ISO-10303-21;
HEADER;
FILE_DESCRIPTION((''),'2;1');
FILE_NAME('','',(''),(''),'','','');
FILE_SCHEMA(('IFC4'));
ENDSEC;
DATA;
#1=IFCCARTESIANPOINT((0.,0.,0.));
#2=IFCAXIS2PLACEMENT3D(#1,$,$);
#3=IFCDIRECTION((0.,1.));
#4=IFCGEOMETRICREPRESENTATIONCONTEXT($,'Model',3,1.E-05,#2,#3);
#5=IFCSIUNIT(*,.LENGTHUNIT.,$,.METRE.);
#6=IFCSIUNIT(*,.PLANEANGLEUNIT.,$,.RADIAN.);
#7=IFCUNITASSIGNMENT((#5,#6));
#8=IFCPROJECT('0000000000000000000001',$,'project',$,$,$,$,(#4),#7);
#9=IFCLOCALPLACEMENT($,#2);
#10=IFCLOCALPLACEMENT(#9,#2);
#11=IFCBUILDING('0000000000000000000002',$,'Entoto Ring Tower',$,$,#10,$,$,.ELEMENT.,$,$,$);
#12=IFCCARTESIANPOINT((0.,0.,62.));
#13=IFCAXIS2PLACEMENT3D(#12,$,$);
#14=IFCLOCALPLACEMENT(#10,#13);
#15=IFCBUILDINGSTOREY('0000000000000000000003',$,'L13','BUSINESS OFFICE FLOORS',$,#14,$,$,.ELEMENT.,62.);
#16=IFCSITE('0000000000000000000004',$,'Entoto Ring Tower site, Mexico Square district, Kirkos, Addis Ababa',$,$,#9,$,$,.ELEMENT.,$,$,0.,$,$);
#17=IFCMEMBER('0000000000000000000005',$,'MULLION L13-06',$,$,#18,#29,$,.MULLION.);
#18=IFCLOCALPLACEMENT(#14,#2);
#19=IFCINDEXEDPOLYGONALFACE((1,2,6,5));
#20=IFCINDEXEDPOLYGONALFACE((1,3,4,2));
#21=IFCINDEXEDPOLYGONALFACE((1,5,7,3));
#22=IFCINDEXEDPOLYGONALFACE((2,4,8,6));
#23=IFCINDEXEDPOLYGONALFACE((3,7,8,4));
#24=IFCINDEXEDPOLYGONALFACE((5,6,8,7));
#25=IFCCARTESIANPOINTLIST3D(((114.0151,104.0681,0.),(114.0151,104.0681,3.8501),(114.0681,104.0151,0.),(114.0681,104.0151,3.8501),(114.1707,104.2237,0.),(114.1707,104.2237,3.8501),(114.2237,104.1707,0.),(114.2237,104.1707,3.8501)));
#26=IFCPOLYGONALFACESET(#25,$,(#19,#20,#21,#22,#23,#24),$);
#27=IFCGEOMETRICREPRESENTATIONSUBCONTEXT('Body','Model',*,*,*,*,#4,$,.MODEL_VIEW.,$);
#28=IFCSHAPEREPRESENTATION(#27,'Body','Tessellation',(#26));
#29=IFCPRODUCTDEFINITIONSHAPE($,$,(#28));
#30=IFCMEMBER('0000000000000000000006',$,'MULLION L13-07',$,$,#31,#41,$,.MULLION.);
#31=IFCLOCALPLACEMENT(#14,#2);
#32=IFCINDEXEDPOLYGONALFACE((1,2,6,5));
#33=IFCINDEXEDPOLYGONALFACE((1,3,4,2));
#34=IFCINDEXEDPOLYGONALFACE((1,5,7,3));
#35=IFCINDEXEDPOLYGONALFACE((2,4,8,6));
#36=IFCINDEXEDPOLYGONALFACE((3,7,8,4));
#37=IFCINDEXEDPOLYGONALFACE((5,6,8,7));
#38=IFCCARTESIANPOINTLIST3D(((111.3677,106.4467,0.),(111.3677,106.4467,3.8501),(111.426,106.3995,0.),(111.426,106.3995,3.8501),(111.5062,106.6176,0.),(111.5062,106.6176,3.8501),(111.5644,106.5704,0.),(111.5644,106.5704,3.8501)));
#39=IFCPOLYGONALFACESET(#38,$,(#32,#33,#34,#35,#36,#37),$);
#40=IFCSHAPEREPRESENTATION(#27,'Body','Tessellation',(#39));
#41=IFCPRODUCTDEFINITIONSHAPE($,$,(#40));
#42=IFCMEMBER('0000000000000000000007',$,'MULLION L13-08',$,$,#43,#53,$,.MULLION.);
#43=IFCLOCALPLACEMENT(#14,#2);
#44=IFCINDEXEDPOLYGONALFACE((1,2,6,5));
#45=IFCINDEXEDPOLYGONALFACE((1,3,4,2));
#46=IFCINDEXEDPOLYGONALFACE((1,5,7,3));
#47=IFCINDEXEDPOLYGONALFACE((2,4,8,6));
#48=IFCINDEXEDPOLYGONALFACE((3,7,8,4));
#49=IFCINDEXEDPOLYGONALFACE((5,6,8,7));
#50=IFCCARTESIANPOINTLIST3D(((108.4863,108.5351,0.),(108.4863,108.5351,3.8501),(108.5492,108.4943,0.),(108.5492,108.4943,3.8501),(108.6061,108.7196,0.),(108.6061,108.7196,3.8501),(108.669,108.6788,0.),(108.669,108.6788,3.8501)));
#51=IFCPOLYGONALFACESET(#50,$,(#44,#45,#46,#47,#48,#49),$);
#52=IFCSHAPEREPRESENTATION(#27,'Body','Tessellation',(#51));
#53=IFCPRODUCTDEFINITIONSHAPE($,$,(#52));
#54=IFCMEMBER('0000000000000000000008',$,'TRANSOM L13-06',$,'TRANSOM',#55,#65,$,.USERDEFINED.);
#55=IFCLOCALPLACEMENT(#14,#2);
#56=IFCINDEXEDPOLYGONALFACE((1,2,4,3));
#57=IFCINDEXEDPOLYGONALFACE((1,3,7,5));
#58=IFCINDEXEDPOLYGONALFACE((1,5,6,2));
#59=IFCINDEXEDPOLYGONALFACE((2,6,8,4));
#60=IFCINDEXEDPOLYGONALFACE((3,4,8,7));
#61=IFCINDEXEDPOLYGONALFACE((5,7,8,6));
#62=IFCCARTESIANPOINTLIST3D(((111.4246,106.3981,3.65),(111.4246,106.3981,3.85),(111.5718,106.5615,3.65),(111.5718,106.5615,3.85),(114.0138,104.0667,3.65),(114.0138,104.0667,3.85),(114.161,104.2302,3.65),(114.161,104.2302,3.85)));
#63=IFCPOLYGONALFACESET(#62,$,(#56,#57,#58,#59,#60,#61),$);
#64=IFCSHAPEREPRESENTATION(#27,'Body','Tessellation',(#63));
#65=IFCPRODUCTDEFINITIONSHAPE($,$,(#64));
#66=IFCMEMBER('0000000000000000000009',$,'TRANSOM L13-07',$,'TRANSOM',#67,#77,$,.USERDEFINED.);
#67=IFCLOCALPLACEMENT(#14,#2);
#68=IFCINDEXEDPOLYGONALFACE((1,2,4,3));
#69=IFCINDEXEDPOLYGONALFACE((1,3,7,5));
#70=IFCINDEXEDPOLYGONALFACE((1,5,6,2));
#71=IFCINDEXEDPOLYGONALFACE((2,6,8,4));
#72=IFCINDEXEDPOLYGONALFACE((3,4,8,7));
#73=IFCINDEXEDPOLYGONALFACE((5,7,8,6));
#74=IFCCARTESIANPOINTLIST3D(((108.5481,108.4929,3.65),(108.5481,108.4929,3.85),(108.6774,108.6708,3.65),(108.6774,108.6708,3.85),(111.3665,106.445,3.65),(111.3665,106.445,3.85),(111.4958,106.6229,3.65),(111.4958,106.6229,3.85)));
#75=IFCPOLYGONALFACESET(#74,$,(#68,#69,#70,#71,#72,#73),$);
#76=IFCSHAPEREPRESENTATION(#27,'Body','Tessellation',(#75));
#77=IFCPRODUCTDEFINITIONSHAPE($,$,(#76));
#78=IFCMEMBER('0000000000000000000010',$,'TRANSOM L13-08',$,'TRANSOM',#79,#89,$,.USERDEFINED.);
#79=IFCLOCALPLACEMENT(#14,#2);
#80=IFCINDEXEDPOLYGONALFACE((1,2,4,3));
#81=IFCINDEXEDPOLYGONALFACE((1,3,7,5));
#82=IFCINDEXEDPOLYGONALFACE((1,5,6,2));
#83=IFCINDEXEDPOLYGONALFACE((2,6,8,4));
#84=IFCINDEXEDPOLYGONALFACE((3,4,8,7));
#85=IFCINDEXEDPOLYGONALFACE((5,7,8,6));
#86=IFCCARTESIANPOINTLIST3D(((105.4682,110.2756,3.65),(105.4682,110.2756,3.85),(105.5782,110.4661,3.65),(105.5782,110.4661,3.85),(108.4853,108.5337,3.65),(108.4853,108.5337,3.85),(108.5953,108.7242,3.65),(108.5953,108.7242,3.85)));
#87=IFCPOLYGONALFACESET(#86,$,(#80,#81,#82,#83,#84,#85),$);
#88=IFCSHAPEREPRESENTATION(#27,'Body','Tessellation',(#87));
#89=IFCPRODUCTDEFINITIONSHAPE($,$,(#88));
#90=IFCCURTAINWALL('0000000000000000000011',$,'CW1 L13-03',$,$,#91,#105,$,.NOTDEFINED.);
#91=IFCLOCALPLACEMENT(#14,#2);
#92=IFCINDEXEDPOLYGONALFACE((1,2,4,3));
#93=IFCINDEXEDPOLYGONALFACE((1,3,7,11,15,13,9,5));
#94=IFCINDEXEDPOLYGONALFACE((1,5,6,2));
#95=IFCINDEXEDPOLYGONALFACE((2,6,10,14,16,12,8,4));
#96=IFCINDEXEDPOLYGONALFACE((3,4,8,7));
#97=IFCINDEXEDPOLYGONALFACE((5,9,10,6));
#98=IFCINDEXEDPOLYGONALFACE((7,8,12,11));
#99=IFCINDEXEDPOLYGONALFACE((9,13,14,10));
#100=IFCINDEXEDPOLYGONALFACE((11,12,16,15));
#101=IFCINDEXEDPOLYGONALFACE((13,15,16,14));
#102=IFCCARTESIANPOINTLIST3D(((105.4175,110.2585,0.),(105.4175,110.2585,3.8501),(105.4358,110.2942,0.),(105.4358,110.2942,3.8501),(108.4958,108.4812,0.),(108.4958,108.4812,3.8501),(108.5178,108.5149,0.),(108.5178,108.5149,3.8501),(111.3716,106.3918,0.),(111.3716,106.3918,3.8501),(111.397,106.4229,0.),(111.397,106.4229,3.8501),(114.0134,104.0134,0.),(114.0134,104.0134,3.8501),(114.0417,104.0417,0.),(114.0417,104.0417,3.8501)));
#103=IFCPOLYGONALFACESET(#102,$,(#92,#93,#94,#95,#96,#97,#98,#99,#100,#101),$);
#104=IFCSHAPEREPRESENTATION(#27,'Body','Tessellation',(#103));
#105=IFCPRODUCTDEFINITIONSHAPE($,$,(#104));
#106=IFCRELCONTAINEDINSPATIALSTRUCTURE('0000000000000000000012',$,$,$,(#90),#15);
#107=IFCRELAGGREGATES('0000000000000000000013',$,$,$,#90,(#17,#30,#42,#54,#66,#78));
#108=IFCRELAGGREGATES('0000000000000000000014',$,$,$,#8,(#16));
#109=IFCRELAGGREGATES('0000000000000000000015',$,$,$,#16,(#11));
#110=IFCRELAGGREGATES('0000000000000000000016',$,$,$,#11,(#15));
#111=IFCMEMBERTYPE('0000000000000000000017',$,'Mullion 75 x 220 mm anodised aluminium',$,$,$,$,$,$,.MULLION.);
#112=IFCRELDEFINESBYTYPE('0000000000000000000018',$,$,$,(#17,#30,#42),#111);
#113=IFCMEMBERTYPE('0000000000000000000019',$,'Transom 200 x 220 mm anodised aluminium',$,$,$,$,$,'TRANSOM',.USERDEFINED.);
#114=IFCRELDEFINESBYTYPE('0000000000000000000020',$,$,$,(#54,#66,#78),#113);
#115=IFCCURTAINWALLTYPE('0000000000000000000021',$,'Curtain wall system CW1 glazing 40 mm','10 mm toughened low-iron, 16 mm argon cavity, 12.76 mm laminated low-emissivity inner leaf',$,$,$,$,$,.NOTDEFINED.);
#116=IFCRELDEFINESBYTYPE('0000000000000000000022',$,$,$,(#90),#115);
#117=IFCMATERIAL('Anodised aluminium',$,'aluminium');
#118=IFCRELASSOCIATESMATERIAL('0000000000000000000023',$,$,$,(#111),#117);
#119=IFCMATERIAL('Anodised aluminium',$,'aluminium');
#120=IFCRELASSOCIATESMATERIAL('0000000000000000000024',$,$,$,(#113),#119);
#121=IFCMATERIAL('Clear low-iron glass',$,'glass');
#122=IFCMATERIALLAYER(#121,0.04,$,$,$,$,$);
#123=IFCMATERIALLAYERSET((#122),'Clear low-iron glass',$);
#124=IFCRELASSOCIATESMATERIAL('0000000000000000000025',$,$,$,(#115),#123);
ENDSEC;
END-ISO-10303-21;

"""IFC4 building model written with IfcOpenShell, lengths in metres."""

from ifc_helpers import new_model, si_unit, direction, frame, origin, origin_2d, place, context, subcontext, project, spatial, polyline, rectangle, outline, extrude, material, layer, layer_set, material_profile, profile_set, type_object, element, aggregate, save


model = new_model("IFC4")

# Units and contexts
model_context = context("Model", 3, precision=1e-05, world=origin(), true_north=direction((0.0, 1.0)))
body_context = subcontext(model_context, "Body", "Model", "MODEL_VIEW")
ifc_project = project(units=[si_unit("LENGTHUNIT", "METRE"), si_unit("PLANEANGLEUNIT", "RADIAN")], contexts=[model_context])

# Members
ifc_material_1 = material(Name="Anodised aluminium", Category="aluminium")
ifc_material_profile_1 = material_profile(ifc_material_1, rectangle(XDim=0.075, YDim=0.22, at=origin_2d()), Name="Mullion 75 x 220 mm anodised aluminium")
ifc_profile_set_1 = profile_set([ifc_material_profile_1], Name="Anodised aluminium")
member_type_1 = type_object("IfcMemberType", Name="Mullion 75 x 220 mm anodised aluminium", PredefinedType="MULLION", material=ifc_profile_set_1)
site_placement = place(None, origin())
building_placement = place(site_placement, origin())
storey_placement = place(building_placement, frame((0.0, 0.0, 62.0)))
member_1_placement = place(storey_placement, frame((114.1194, 104.1194, 0.0), z_axis=(0.0, 0.0, 1.0), x_axis=(-0.707107, 0.707107, 0.0)))
member_1 = element("IfcMember", 1, at=member_1_placement, type_object=member_type_1, Name="MULLION L13-06", PredefinedType="MULLION", context=body_context, shape_type="SweptSolid", body=[
    extrude(rectangle(XDim=0.075, YDim=0.22, at=origin_2d()), origin(), (0.0, 0.0, 1.0), 3.8501),
])
member_2_placement = place(storey_placement, frame((111.4661, 106.5085, 0.0), z_axis=(0.0, 0.0, 1.0), x_axis=(-0.777146, 0.62932, 0.0)))
member_2 = element("IfcMember", 2, at=member_2_placement, type_object=member_type_1, Name="MULLION L13-07", PredefinedType="MULLION", context=body_context, shape_type="SweptSolid", body=[
    extrude(rectangle(XDim=0.075, YDim=0.22, at=origin_2d()), origin(), (0.0, 0.0, 1.0), 3.8501),
])
member_3_placement = place(storey_placement, frame((108.5776, 108.6069, 0.0), z_axis=(0.0, 0.0, 1.0), x_axis=(-0.838671, 0.544639, 0.0)))
member_3 = element("IfcMember", 3, at=member_3_placement, type_object=member_type_1, Name="MULLION L13-08", PredefinedType="MULLION", context=body_context, shape_type="SweptSolid", body=[
    extrude(rectangle(XDim=0.075, YDim=0.22, at=origin_2d()), origin(), (0.0, 0.0, 1.0), 3.8501),
])
ifc_material_2 = material(Name="Anodised aluminium", Category="aluminium")
ifc_material_profile_2 = material_profile(ifc_material_2, rectangle(XDim=0.22, YDim=0.2, at=origin_2d()), Name="Transom 200 x 220 mm anodised aluminium")
ifc_profile_set_2 = profile_set([ifc_material_profile_2], Name="Anodised aluminium")
member_type_2 = type_object("IfcMemberType", Name="Transom 200 x 220 mm anodised aluminium", ElementType="TRANSOM", PredefinedType="USERDEFINED", material=ifc_profile_set_2)
member_4_placement = place(storey_placement, frame((114.0874, 104.1484, 3.75), z_axis=(-0.743137, 0.669139, 0.0), x_axis=(-0.669139, -0.743137, 0.0)))
member_4 = element("IfcMember", 4, at=member_4_placement, type_object=member_type_2, Name="TRANSOM L13-06", ObjectType="TRANSOM", PredefinedType="USERDEFINED", context=body_context, shape_type="SweptSolid", body=[
    extrude(rectangle(XDim=0.22, YDim=0.2, at=origin_2d()), origin(), (0.0, 0.0, 1.0), 3.4841),
])
member_5_placement = place(storey_placement, frame((111.4312, 106.5339, 3.75), z_axis=(-0.808991, 0.587822, 0.0), x_axis=(-0.587822, -0.808991, 0.0)))
member_5 = element("IfcMember", 5, at=member_5_placement, type_object=member_type_2, Name="TRANSOM L13-07", ObjectType="TRANSOM", PredefinedType="USERDEFINED", context=body_context, shape_type="SweptSolid", body=[
    extrude(rectangle(XDim=0.22, YDim=0.2, at=origin_2d()), origin(), (0.0, 0.0, 1.0), 3.4839),
])
member_6_placement = place(storey_placement, frame((108.5403, 108.6289, 3.75), z_axis=(-0.866022, 0.500006, 0.0), x_axis=(-0.500006, -0.866022, 0.0)))
member_6 = element("IfcMember", 6, at=member_6_placement, type_object=member_type_2, Name="TRANSOM L13-08", ObjectType="TRANSOM", PredefinedType="USERDEFINED", context=body_context, shape_type="SweptSolid", body=[
    extrude(rectangle(XDim=0.22, YDim=0.2, at=origin_2d()), origin(), (0.0, 0.0, 1.0), 3.4839),
])

# Site, building, storey
site = spatial("IfcSite", under=ifc_project, at=site_placement, Name="Entoto Ring Tower site, Mexico Square district, Kirkos, Addis Ababa", CompositionType="ELEMENT", RefElevation=0.0)
building = spatial("IfcBuilding", under=site, at=building_placement, Name="Entoto Ring Tower", CompositionType="ELEMENT")
storey = spatial("IfcBuildingStorey", under=building, at=storey_placement, Name="L13", Description="BUSINESS OFFICE FLOORS", CompositionType="ELEMENT", Elevation=62.0)

# Curtain wall
ifc_material_3 = material(Name="Clear low-iron glass", Category="glass")
ifc_layer = layer(ifc_material_3, 0.04)
ifc_layer_set = layer_set([ifc_layer], Name="Clear low-iron glass")
curtain_wall_type = type_object("IfcCurtainWallType", Name="Curtain wall system CW1 glazing 40 mm", Description="10 mm toughened low-iron, 16 mm argon cavity, 12.76 mm laminated low-emissivity inner leaf", PredefinedType="NOTDEFINED", material=ifc_layer_set)
curtain_wall_1_placement = place(storey_placement, origin())
curtain_wall_1 = element("IfcCurtainWall", 7, at=curtain_wall_1_placement, inside=storey, type_object=curtain_wall_type, Name="CW1 L13-03", PredefinedType="NOTDEFINED", context=body_context, shape_type="SweptSolid", body=[
    extrude(outline(polyline([(114.0417, 104.0417), (111.397, 106.4229), (108.5178, 108.5149), (105.4358, 110.2942), (105.4175, 110.2585), (108.4958, 108.4812), (111.3716, 106.3918), (114.0134, 104.0134), (114.0417, 104.0417)])), origin(), (0.0, 0.0, 1.0), 3.8501),
])
aggregate(curtain_wall_1, [member_1, member_2, member_3, member_4, member_5, member_6])

save(model, "model.ifc")
